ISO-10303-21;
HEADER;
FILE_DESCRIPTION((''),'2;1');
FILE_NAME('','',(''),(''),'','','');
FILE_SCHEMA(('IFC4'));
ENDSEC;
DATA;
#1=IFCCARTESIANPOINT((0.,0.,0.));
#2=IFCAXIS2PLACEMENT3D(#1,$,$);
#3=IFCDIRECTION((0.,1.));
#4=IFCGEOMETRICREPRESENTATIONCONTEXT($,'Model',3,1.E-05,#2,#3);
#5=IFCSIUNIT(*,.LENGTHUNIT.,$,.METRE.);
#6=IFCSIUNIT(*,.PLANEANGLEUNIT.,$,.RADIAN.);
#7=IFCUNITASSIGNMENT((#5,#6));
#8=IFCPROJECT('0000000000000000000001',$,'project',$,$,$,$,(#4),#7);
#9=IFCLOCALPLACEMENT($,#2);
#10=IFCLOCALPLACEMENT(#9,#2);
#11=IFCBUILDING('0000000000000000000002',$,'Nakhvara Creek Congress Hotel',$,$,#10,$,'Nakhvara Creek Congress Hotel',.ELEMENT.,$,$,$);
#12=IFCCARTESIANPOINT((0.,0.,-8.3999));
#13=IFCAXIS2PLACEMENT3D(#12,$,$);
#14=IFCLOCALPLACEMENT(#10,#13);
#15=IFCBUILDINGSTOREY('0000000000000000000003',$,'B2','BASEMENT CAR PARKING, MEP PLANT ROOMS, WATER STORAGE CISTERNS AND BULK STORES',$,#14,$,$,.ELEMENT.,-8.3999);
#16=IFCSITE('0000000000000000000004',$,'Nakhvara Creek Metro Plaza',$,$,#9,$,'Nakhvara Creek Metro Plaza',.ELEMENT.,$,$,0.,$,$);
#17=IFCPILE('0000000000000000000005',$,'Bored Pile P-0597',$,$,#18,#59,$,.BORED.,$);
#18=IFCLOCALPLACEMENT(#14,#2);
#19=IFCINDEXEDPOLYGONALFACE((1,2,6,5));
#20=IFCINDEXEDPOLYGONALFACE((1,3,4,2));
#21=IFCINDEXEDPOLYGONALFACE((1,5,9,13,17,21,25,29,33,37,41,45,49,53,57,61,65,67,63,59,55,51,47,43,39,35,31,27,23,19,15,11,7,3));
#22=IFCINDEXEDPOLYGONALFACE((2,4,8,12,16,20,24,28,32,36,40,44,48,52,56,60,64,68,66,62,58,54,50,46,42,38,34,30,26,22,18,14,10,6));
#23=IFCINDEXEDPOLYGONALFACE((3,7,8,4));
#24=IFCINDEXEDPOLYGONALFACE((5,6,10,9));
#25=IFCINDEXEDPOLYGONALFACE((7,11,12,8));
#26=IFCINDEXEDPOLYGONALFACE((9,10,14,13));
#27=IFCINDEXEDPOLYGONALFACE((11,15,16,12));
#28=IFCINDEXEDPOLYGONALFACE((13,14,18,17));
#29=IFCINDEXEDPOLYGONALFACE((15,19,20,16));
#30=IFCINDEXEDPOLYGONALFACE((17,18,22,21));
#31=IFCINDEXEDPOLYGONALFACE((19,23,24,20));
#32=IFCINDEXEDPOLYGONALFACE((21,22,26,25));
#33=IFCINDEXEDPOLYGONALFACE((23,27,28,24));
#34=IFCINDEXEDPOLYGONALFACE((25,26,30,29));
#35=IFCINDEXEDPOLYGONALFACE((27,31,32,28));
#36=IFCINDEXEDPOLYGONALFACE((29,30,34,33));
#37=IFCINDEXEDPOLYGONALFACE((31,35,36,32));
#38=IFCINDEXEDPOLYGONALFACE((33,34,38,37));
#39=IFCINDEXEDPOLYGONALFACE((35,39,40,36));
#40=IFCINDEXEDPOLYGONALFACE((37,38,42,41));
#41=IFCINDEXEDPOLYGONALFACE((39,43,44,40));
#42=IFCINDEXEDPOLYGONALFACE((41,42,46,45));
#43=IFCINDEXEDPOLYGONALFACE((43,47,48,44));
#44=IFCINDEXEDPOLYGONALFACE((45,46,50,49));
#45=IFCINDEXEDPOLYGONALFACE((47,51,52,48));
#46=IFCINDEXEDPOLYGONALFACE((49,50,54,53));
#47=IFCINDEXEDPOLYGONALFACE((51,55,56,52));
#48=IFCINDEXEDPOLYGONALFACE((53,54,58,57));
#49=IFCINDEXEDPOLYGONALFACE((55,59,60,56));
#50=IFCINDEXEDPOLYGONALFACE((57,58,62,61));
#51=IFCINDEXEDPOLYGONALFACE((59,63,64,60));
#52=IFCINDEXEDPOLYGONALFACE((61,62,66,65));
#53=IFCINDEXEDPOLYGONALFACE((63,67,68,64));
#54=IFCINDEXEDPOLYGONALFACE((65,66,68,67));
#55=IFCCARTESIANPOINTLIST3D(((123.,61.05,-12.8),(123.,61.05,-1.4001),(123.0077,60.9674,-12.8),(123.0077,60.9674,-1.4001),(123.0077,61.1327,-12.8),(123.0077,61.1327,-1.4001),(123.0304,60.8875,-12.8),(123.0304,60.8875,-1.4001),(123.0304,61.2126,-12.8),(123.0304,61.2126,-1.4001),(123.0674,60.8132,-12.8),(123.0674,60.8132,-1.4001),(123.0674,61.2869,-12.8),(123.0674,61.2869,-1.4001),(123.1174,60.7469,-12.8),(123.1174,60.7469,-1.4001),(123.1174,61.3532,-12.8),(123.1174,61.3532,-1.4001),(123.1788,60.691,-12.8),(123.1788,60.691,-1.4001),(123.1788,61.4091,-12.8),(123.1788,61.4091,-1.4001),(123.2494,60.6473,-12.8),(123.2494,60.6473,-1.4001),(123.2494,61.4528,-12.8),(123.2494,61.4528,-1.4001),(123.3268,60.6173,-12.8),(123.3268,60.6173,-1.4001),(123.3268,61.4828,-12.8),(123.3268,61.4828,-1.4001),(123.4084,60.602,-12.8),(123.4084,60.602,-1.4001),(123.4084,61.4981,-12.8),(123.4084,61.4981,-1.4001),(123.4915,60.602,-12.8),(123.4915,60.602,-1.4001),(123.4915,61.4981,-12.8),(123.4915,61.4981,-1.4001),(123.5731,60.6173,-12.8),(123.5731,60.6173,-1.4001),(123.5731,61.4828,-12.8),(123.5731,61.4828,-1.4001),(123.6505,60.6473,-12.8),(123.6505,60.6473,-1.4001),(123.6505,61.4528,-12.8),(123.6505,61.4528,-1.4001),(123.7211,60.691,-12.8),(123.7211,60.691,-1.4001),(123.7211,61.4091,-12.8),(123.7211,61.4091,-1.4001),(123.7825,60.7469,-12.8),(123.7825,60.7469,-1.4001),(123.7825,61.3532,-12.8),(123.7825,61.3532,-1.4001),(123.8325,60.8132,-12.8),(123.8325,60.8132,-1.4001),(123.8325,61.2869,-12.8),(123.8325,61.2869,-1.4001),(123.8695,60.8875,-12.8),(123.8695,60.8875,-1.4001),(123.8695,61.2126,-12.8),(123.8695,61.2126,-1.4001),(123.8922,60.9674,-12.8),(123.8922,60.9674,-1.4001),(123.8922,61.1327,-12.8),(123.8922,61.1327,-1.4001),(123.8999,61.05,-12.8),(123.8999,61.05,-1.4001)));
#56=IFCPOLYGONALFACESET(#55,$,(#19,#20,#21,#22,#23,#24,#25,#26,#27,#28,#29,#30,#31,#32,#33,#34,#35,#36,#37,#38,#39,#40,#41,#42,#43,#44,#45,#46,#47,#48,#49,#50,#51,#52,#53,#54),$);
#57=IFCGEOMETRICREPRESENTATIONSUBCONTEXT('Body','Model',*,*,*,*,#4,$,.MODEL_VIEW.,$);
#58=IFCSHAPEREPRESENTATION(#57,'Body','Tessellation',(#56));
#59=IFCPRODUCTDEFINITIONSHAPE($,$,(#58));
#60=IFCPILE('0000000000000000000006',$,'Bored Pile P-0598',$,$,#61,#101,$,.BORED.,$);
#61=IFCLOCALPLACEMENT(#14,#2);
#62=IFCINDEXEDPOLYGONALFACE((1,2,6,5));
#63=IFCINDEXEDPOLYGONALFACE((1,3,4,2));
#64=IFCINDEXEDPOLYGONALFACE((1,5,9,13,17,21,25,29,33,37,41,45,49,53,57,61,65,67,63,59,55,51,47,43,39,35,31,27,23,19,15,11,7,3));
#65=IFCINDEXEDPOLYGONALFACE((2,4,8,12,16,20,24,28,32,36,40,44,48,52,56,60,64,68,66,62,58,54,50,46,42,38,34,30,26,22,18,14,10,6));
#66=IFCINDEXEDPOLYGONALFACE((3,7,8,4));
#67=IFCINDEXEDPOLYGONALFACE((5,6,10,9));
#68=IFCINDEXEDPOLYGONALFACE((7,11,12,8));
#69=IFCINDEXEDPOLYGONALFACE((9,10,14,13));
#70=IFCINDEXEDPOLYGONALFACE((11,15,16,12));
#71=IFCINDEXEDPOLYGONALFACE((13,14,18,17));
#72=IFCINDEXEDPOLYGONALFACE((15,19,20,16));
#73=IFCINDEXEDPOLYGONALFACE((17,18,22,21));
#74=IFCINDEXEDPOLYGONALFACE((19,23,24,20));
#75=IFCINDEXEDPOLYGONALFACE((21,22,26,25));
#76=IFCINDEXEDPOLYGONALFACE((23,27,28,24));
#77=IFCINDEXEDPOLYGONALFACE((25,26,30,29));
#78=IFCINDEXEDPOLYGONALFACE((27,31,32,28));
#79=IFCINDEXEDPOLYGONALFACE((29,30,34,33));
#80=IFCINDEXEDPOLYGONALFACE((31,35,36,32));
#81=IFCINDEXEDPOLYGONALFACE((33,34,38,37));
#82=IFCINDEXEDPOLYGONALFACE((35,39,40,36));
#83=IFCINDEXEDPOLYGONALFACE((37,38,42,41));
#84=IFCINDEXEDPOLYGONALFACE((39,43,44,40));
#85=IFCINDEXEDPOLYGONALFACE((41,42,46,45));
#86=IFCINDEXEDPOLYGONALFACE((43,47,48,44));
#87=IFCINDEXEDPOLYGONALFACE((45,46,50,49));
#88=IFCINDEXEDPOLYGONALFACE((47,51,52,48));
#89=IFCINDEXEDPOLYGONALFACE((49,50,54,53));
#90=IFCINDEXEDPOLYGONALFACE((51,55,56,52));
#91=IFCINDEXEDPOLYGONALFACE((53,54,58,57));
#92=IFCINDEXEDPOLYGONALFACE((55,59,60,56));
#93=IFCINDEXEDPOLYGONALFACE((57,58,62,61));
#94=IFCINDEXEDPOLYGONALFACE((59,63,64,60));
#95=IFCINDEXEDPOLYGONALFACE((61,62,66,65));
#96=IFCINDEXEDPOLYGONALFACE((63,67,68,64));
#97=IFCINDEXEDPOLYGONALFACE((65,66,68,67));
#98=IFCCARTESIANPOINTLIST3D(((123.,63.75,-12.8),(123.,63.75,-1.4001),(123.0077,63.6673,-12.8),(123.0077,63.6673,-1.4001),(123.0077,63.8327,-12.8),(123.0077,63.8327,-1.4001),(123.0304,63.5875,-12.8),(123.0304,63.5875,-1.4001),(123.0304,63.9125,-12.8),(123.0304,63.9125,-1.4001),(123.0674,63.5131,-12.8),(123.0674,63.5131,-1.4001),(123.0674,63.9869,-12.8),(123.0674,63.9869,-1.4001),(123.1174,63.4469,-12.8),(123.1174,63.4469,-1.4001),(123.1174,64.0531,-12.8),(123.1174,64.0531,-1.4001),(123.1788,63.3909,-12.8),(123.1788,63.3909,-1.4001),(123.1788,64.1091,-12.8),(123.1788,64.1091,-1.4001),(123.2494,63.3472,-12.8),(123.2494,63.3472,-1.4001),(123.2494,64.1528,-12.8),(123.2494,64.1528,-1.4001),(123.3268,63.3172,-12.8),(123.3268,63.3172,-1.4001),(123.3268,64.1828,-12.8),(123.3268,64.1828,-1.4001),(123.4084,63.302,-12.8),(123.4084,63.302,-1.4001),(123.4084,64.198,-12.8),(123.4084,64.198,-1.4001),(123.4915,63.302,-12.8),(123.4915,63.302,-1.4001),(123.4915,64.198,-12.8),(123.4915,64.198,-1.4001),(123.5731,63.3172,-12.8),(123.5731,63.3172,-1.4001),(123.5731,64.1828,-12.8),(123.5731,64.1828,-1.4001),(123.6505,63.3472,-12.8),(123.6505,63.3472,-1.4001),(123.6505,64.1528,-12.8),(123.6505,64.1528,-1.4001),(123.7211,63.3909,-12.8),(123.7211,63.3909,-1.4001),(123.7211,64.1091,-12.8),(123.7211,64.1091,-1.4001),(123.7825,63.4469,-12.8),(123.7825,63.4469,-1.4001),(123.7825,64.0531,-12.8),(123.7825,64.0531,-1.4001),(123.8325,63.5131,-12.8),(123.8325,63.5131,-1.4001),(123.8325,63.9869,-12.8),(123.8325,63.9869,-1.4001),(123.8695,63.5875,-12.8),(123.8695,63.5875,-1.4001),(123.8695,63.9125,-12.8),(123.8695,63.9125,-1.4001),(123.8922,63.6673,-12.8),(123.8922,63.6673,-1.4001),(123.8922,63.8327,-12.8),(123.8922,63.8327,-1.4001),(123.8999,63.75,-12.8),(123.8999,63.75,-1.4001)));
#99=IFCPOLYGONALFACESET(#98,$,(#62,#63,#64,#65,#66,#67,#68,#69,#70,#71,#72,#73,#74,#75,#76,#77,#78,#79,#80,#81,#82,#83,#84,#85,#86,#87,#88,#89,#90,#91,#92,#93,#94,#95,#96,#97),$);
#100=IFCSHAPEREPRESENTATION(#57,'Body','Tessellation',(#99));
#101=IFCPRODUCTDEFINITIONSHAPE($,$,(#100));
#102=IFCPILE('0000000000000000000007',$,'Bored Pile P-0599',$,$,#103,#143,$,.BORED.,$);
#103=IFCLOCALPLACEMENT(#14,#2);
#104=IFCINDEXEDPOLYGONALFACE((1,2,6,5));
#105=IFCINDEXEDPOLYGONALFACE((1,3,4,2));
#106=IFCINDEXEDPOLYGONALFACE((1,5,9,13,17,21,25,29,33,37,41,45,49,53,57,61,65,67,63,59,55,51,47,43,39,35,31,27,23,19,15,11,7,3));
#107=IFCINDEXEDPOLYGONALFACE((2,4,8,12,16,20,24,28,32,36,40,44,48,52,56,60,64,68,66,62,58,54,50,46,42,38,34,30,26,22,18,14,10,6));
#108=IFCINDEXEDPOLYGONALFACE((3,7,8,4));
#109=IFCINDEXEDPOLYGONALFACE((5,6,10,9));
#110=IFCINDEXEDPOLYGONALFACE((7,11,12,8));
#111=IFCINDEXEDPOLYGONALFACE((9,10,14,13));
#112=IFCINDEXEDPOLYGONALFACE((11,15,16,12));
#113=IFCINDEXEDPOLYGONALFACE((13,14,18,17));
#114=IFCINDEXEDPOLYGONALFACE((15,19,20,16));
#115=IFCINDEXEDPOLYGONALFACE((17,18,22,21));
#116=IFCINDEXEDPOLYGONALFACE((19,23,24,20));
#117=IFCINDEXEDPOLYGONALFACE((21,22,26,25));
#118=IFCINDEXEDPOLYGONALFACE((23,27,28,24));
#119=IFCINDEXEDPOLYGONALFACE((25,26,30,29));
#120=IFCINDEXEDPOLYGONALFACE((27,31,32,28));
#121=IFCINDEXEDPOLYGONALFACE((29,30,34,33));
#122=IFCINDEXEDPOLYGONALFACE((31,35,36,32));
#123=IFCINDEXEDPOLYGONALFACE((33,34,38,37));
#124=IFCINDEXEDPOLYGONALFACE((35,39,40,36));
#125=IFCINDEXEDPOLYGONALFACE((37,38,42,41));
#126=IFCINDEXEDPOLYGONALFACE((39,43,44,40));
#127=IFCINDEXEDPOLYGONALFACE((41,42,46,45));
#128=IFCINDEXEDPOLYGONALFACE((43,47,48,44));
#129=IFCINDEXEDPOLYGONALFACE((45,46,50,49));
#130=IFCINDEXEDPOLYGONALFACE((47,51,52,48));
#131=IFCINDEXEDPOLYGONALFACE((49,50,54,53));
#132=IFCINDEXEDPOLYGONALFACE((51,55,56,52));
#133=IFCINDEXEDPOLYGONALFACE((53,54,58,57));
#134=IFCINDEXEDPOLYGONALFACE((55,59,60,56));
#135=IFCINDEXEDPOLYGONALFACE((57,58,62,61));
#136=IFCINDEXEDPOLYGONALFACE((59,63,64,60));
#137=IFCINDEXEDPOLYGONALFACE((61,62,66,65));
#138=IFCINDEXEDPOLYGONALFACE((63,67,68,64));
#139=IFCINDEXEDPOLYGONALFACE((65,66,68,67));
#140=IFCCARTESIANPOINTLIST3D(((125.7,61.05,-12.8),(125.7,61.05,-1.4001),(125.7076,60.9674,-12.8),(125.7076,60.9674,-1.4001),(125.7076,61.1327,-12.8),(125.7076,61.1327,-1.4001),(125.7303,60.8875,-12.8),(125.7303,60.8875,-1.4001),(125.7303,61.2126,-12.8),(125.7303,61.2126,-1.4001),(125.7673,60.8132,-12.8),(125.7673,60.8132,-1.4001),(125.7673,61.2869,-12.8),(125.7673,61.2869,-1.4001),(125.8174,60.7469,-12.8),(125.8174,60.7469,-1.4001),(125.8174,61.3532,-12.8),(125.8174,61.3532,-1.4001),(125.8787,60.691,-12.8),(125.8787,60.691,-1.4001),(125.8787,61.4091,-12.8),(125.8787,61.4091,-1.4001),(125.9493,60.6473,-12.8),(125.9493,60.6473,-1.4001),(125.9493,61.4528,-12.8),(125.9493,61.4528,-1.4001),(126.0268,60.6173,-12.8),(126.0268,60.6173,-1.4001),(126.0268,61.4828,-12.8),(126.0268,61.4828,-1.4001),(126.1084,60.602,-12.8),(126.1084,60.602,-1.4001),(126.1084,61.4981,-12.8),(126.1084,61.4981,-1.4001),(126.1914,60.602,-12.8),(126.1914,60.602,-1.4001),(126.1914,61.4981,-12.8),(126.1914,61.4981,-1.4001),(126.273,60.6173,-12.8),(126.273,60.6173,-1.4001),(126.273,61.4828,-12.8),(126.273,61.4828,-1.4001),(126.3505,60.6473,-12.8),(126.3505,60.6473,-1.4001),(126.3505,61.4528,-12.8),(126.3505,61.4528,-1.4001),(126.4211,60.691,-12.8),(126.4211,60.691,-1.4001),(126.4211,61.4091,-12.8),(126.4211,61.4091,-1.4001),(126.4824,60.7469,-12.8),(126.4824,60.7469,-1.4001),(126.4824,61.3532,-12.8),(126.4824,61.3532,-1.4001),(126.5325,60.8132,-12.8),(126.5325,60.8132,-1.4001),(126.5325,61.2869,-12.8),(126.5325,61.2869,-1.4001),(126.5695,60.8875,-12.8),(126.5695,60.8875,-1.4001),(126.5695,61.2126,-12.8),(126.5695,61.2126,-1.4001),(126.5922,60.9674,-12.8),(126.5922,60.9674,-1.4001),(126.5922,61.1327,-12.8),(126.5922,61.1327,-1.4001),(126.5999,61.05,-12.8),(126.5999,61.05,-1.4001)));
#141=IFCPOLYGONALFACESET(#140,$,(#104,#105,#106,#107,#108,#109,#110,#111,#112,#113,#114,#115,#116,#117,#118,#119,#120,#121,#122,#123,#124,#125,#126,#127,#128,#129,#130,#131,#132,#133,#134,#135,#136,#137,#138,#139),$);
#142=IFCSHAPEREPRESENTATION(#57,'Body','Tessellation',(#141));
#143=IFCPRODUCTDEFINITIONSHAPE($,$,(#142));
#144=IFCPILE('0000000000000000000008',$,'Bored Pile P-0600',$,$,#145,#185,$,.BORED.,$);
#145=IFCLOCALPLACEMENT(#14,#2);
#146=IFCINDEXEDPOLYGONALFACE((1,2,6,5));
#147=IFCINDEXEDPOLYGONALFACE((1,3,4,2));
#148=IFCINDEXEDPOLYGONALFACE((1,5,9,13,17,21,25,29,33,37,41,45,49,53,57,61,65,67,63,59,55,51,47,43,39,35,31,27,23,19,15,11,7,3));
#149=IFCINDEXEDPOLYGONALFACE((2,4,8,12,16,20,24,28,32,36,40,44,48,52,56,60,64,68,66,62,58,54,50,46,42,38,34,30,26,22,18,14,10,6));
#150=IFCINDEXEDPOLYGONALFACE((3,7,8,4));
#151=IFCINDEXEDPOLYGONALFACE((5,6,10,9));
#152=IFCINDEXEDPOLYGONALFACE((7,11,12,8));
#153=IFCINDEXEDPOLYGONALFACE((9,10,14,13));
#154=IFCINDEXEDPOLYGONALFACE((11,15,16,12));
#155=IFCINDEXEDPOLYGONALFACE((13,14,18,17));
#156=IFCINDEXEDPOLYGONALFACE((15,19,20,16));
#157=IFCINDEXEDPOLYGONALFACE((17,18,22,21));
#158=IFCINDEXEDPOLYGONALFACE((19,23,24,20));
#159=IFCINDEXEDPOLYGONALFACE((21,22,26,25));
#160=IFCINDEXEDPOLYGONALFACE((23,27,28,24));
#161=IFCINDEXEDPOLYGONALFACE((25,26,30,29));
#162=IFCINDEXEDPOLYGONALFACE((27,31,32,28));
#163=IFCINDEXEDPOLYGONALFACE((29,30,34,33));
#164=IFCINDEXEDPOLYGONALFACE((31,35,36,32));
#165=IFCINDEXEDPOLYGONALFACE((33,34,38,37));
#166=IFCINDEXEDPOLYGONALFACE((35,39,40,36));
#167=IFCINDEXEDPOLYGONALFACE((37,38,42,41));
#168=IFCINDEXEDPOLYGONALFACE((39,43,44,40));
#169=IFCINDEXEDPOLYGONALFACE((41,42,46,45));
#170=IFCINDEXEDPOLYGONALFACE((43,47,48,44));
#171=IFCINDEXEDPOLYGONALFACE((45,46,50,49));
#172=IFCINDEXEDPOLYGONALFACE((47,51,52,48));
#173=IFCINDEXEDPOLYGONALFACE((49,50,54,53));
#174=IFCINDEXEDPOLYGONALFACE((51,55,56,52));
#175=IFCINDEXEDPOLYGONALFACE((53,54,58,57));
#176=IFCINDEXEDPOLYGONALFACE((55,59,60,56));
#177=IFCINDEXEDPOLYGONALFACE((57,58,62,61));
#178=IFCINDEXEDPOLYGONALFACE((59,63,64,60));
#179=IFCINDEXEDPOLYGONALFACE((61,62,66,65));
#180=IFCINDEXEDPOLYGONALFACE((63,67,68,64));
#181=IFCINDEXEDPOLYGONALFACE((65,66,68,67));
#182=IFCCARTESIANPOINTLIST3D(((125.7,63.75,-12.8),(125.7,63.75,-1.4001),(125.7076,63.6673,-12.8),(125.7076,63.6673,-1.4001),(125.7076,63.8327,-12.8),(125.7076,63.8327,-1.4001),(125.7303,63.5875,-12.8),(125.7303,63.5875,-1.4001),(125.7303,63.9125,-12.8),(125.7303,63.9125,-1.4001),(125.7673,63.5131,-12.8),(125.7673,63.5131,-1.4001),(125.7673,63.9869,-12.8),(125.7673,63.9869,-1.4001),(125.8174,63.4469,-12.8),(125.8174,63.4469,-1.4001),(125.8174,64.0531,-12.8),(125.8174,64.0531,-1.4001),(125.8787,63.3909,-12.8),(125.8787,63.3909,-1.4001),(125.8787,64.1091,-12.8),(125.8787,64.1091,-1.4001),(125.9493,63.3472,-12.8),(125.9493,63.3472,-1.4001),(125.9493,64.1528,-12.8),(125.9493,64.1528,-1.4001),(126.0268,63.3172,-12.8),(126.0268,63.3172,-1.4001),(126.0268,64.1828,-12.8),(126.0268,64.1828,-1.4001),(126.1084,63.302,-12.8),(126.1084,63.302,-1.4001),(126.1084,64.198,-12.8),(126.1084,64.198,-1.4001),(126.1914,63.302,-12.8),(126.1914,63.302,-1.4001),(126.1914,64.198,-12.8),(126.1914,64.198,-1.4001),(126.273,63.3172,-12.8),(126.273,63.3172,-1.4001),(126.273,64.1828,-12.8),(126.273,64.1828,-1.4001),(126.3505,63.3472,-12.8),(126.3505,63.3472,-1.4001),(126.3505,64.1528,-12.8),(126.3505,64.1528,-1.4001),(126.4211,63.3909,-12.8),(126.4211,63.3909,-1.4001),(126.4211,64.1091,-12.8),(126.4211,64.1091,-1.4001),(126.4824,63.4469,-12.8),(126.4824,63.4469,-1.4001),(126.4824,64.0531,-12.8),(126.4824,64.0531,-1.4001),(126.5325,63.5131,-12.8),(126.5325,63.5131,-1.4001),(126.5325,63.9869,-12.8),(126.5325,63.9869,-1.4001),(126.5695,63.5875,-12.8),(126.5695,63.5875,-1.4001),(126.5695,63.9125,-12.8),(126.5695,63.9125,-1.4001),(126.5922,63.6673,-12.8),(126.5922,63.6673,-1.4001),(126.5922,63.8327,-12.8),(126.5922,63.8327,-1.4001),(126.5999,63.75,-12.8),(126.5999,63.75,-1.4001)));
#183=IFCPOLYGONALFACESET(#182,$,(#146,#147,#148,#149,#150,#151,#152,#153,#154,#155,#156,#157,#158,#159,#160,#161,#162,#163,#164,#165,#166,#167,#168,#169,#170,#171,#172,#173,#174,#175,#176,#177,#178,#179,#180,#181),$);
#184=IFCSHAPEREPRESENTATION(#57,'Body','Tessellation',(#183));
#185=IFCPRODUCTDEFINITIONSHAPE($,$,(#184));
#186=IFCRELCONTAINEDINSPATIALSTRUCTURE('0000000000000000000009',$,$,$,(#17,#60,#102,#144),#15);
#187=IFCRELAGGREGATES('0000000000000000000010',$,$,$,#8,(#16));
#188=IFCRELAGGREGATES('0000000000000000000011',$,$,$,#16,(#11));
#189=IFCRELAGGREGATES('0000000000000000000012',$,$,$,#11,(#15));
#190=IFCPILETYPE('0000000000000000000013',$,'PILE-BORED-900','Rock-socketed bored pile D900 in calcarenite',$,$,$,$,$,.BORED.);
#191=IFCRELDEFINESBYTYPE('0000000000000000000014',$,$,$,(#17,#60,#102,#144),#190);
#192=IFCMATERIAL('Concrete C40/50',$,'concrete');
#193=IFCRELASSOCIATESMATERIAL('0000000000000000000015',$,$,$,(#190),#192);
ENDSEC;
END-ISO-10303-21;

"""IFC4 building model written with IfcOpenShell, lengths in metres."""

from ifc_helpers import new_model, si_unit, direction, frame, origin, origin_2d, place, context, subcontext, project, spatial, circle, extrude, material, material_profile, profile_set, type_object, element, save


model = new_model("IFC4")

# Units and contexts
model_context = context("Model", 3, precision=1e-05, world=origin(), true_north=direction((0.0, 1.0)))
body_context = subcontext(model_context, "Body", "Model", "MODEL_VIEW")
ifc_project = project(units=[si_unit("LENGTHUNIT", "METRE"), si_unit("PLANEANGLEUNIT", "RADIAN")], contexts=[model_context])

# Site, building, storey
site_placement = place(None, origin())
site = spatial("IfcSite", under=ifc_project, at=site_placement, Name="Nakhvara Creek Metro Plaza", LongName="Nakhvara Creek Metro Plaza", CompositionType="ELEMENT", RefElevation=0.0)
building_placement = place(site_placement, origin())
building = spatial("IfcBuilding", under=site, at=building_placement, Name="Nakhvara Creek Congress Hotel", LongName="Nakhvara Creek Congress Hotel", CompositionType="ELEMENT")
storey_placement = place(building_placement, frame((0.0, 0.0, -8.3999)))
storey = spatial("IfcBuildingStorey", under=building, at=storey_placement, Name="B2", Description="BASEMENT CAR PARKING, MEP PLANT ROOMS, WATER STORAGE CISTERNS AND BULK STORES", CompositionType="ELEMENT", Elevation=-8.3999)

# Shared definitions
ifc_material_1 = material(Name="Concrete C40/50", Category="concrete")

# Piles
ifc_material_profile_1 = material_profile(ifc_material_1, circle(Radius=0.45, at=origin_2d()), Name="BORED PILE D900", Category="LoadBearing")
ifc_profile_set_1 = profile_set([ifc_material_profile_1], Name="Concrete C40/50")
pile_type = type_object("IfcPileType", Name="PILE-BORED-900", Description="Rock-socketed bored pile D900 in calcarenite", PredefinedType="BORED", material=ifc_profile_set_1)
for number, where, z_axis, x_axis, name in (
    (1, (123.45, 61.05, -1.4001), (0.0, 0.0, -1.0), (1.0, 0.0, 0.0), "Bored Pile P-0597"),
    (2, (123.45, 63.75, -1.4001), (0.0, 0.0, -1.0), (1.0, 0.0, 0.0), "Bored Pile P-0598"),
    (3, (126.1499, 61.05, -1.4001), (0.0, 0.0, -1.0), (1.0, 0.0, 0.0), "Bored Pile P-0599"),
    (4, (126.1499, 63.75, -1.4001), (0.0, 0.0, -1.0), (1.0, 0.0, 0.0), "Bored Pile P-0600"),
):
    element("IfcPile", number, at=place(storey_placement, frame(where, z_axis=z_axis, x_axis=x_axis)), inside=storey, type_object=pile_type, Name=name, PredefinedType="BORED", context=body_context, shape_type="SweptSolid", body=[
        extrude(circle(Radius=0.45, at=origin_2d()), origin(), (0.0, 0.0, 1.0), 11.3999),
    ])

save(model, "model.ifc")
